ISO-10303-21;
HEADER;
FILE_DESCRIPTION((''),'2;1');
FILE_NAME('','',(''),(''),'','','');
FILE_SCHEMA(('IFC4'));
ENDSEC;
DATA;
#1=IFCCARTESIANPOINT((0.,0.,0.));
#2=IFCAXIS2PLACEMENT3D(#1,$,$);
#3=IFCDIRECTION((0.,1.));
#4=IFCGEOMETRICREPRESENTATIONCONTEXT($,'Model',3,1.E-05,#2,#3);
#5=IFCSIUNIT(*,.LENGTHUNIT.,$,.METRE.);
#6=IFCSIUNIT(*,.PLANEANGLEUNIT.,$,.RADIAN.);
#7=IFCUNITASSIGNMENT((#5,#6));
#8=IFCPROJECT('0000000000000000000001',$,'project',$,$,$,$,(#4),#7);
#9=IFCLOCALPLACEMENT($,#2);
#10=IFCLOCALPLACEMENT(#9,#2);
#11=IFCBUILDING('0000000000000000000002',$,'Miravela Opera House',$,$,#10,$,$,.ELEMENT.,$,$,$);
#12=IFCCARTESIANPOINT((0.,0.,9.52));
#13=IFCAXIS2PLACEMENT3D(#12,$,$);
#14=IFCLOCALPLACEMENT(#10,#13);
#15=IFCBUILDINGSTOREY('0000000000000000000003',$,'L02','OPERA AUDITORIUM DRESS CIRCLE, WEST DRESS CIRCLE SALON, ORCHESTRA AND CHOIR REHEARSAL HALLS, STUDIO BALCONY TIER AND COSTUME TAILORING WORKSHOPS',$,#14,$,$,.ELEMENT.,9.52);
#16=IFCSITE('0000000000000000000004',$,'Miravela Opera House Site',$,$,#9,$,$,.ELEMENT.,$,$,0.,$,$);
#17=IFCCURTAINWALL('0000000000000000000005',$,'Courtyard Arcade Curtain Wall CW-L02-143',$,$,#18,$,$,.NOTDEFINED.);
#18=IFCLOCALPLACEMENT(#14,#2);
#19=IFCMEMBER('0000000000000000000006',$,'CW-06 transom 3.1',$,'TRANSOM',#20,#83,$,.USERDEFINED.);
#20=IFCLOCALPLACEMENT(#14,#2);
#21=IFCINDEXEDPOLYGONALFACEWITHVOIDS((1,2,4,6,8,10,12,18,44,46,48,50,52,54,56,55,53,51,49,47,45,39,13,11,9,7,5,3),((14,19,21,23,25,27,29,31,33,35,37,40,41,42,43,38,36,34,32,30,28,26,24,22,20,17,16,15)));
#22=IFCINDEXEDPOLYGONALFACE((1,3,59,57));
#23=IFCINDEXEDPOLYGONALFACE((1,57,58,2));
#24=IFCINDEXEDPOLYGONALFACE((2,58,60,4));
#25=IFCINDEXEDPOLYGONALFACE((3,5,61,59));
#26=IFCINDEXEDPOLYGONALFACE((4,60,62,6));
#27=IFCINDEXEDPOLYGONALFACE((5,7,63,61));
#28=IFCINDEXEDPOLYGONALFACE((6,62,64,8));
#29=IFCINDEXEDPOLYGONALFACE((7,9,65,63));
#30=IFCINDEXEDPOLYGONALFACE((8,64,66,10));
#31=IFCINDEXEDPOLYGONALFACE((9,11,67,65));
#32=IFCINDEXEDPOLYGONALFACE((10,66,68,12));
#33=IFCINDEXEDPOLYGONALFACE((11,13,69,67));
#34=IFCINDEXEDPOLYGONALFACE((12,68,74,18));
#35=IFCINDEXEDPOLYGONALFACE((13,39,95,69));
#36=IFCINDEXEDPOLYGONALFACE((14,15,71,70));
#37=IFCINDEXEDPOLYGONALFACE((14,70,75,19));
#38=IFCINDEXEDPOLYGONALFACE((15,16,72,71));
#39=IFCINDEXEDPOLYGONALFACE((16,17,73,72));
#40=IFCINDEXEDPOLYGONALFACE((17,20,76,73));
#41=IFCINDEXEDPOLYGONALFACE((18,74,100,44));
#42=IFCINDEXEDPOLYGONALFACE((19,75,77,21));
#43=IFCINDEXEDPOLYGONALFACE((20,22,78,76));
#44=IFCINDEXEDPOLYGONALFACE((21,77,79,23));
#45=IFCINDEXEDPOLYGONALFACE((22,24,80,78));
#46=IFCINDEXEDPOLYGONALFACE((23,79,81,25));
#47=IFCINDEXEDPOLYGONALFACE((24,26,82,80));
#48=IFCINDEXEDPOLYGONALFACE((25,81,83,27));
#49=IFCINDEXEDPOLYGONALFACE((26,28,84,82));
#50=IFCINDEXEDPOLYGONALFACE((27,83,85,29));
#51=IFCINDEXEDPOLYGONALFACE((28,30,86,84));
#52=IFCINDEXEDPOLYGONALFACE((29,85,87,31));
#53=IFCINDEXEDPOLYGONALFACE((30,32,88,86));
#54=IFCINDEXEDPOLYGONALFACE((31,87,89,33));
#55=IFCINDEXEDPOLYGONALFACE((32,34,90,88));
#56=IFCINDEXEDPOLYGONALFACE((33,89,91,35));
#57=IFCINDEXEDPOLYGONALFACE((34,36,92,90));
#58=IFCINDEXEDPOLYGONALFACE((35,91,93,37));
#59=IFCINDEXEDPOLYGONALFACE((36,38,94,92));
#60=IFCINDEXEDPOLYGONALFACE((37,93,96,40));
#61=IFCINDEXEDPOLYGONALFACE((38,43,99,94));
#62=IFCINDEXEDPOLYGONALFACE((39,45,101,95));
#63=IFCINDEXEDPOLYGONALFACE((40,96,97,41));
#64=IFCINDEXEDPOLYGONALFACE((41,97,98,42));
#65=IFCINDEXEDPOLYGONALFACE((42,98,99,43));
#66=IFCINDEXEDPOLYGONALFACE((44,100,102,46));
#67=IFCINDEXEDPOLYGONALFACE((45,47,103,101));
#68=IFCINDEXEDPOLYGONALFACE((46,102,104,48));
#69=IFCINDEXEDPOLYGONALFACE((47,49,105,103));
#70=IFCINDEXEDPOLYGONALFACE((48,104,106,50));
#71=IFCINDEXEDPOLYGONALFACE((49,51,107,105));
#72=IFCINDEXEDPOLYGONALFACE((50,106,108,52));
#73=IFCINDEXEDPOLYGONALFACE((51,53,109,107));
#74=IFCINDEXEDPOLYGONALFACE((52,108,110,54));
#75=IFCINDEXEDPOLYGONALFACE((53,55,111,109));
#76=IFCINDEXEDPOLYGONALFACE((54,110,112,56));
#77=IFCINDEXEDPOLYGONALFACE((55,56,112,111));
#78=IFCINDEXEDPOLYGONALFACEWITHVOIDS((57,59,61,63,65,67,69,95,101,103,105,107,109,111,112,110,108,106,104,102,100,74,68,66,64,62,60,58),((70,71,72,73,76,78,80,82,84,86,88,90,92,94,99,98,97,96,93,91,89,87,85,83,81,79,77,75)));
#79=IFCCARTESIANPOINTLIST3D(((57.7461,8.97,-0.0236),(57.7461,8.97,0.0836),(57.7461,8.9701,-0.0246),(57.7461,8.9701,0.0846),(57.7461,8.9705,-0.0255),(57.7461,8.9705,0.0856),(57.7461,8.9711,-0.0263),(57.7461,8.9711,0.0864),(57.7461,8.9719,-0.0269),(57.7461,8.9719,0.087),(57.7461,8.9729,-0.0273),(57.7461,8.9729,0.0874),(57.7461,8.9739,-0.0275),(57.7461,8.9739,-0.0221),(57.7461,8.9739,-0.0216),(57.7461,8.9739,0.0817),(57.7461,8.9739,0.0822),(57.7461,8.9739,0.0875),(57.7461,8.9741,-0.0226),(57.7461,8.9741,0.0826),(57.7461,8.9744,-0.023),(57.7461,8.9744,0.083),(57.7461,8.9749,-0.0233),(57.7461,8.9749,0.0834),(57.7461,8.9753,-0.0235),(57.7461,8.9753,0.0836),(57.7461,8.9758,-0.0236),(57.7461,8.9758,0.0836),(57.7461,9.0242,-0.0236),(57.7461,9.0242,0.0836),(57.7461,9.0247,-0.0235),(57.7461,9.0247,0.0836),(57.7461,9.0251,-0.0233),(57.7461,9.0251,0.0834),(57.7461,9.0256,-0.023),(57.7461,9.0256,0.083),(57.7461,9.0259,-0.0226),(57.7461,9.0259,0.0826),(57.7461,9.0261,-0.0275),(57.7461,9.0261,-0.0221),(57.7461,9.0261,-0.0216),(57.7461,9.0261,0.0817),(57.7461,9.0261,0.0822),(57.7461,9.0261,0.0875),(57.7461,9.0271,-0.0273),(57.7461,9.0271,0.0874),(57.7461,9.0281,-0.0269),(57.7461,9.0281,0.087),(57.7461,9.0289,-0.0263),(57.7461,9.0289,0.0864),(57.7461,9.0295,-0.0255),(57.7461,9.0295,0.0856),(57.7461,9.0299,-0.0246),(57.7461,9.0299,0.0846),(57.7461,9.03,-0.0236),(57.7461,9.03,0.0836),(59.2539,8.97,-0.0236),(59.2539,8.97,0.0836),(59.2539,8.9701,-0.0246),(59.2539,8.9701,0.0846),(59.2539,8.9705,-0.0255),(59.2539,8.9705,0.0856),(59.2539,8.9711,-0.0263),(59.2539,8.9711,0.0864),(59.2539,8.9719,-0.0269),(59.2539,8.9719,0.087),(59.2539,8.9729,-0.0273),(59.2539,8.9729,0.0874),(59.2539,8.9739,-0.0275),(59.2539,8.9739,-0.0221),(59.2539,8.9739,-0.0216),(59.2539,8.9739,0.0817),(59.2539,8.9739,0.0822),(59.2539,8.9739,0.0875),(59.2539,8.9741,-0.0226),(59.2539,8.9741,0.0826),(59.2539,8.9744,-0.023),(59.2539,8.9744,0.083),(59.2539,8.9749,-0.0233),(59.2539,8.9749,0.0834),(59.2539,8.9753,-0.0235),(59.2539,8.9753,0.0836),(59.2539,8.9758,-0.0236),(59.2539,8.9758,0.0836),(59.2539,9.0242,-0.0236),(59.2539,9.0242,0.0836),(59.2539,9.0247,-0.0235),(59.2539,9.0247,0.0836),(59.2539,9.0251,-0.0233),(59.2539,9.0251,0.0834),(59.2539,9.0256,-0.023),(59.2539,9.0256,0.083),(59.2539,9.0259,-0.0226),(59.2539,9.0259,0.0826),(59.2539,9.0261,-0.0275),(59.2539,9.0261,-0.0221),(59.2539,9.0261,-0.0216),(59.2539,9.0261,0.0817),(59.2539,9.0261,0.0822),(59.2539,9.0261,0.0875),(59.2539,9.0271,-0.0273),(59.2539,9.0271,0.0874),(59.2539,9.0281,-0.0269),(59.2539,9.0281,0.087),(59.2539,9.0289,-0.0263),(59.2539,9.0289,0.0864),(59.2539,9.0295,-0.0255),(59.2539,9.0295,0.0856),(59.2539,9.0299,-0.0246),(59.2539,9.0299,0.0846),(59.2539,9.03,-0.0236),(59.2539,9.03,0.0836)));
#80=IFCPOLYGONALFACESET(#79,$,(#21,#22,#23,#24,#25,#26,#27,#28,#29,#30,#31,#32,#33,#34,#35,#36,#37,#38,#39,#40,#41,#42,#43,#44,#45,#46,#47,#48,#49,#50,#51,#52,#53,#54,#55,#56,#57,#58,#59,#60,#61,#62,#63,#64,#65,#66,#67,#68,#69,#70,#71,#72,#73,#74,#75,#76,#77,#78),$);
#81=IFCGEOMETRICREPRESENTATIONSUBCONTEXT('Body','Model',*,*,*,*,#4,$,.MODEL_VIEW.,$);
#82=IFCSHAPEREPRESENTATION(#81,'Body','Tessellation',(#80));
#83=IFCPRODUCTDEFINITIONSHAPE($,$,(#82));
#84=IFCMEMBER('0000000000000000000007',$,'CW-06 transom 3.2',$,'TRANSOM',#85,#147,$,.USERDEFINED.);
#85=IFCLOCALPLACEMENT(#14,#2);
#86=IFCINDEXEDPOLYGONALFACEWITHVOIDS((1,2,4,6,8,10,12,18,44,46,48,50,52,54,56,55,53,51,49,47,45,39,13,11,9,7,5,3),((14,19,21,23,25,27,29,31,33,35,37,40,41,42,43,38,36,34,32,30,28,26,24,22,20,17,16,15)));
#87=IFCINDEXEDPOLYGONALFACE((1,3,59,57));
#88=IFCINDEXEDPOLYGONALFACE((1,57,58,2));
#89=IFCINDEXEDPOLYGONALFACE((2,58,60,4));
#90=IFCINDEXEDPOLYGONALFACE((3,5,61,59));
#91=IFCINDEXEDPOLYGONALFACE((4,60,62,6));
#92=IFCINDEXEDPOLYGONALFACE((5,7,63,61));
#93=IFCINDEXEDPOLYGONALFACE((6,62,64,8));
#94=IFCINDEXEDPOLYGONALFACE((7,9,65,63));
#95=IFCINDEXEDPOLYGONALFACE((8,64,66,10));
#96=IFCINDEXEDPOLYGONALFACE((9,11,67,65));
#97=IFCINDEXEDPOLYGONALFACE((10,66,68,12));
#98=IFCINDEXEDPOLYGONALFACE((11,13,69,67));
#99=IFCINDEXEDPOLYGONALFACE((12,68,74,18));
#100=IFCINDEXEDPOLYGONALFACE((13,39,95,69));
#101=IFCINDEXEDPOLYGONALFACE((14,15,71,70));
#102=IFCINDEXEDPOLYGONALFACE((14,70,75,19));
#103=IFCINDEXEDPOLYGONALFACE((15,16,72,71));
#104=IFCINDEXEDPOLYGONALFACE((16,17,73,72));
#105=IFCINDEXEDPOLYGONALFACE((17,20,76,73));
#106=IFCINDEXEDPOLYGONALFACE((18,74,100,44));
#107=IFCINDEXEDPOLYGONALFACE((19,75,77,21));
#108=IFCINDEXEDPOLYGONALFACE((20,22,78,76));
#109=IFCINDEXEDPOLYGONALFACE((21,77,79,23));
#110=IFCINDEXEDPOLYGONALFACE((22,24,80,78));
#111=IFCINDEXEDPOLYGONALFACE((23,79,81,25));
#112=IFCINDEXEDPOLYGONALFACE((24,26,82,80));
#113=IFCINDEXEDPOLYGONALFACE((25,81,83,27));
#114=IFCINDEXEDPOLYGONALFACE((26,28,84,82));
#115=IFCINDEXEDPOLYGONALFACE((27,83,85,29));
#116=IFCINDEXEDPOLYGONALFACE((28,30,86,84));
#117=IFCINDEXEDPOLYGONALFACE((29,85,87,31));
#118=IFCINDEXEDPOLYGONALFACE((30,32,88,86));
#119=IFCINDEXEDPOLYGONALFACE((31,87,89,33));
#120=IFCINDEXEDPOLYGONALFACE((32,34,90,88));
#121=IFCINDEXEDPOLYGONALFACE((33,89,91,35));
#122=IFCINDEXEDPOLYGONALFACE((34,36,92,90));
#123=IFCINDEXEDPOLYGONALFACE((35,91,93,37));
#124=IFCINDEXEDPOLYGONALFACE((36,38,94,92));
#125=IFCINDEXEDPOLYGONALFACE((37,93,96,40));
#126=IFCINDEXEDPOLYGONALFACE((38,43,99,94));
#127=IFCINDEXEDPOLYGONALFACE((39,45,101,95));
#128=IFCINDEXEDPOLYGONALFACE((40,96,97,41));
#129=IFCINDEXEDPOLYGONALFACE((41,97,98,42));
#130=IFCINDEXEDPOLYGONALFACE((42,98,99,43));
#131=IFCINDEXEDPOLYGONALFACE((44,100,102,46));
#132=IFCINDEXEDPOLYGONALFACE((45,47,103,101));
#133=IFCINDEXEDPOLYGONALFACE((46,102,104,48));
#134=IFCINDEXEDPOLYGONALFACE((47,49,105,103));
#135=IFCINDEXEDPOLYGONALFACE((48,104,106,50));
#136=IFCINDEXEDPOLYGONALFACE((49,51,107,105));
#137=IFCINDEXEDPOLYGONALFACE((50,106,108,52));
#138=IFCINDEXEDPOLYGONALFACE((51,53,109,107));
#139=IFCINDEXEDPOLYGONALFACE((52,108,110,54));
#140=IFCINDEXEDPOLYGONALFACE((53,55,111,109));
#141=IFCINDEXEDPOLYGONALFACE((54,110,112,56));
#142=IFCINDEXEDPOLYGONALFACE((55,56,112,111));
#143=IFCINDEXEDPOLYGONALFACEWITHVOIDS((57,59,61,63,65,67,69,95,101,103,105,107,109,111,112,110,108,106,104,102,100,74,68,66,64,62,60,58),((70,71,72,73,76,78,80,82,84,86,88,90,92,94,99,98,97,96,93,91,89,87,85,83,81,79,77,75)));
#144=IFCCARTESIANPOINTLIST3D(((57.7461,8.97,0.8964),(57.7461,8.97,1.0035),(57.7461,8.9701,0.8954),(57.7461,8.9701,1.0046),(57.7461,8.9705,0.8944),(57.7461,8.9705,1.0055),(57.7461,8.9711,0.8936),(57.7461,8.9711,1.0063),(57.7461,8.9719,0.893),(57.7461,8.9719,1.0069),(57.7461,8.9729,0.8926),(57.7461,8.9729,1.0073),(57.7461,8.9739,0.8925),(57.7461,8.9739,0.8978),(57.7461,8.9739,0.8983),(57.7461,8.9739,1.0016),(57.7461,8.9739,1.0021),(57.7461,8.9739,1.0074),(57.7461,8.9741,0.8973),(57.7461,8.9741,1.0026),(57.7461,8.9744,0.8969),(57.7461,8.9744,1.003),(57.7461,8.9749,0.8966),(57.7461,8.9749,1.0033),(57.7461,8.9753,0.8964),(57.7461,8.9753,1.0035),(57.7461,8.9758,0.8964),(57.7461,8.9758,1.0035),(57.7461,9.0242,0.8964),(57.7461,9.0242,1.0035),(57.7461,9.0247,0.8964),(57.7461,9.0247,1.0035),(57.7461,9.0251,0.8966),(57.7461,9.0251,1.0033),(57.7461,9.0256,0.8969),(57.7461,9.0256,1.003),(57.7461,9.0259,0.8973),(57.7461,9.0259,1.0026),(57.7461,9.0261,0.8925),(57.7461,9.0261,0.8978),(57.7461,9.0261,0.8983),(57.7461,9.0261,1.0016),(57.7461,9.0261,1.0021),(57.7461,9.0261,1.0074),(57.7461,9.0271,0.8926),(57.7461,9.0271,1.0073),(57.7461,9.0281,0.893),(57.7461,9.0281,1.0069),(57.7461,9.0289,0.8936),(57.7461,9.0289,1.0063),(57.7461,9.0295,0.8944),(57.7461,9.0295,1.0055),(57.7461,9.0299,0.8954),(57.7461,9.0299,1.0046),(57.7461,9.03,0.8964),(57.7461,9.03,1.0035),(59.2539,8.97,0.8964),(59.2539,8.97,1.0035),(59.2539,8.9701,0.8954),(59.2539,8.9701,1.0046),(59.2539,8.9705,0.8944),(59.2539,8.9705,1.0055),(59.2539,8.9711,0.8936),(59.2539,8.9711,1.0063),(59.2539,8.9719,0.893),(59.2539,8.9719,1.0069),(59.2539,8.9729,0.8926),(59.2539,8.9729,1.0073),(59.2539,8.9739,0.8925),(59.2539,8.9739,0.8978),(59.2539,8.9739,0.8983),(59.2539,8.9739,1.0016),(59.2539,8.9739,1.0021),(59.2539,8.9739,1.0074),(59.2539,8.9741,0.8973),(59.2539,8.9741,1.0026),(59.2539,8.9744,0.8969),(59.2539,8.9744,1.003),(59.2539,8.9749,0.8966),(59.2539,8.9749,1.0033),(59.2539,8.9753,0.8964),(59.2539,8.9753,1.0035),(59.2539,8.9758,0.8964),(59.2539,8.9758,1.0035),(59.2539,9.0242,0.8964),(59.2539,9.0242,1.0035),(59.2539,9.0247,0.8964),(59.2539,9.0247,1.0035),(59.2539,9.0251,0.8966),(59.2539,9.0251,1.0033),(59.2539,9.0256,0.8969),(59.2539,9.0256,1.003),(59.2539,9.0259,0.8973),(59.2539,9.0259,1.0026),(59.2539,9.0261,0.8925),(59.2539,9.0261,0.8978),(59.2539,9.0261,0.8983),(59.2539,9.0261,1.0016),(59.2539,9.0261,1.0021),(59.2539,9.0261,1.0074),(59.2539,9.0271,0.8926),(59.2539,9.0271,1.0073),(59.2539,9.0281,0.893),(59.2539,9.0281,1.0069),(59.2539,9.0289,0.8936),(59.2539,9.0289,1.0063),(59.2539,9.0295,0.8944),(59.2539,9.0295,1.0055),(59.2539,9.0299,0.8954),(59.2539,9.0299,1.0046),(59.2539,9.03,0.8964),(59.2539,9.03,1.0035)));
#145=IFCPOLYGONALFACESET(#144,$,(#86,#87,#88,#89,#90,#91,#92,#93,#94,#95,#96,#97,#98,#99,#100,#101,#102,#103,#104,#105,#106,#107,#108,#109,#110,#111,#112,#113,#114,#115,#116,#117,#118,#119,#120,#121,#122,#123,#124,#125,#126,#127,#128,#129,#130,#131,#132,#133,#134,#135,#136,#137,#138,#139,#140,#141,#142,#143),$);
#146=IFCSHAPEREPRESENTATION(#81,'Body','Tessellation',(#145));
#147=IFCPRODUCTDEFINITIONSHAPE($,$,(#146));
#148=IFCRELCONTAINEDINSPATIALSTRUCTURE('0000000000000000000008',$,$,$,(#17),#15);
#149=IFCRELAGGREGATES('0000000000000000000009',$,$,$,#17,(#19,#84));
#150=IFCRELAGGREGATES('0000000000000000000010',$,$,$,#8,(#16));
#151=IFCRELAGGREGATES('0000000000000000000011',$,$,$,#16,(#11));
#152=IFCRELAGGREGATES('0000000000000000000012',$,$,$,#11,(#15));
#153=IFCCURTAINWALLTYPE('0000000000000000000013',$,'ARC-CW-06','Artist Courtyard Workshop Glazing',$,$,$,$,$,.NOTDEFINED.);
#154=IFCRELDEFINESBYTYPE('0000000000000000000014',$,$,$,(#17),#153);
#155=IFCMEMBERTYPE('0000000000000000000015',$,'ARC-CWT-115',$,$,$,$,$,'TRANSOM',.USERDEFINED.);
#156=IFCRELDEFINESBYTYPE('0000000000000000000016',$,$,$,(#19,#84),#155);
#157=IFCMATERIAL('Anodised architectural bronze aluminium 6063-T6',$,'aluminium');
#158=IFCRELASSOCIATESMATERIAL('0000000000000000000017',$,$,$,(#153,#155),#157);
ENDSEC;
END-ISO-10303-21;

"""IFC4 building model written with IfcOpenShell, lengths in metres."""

from ifc_helpers import new_model, si_unit, direction, frame, origin, origin_2d, place, context, subcontext, project, spatial, hollow_rectangle, extrude, material, material_profile, profile_set, type_object, element, aggregate, save


model = new_model("IFC4")

# Units and contexts
model_context = context("Model", 3, precision=1e-05, world=origin(), true_north=direction((0.0, 1.0)))
body_context = subcontext(model_context, "Body", "Model", "MODEL_VIEW")
ifc_project = project(units=[si_unit("LENGTHUNIT", "METRE"), si_unit("PLANEANGLEUNIT", "RADIAN")], contexts=[model_context])

# Site, building, storey
site_placement = place(None, origin())
site = spatial("IfcSite", under=ifc_project, at=site_placement, Name="Miravela Opera House Site", CompositionType="ELEMENT", RefElevation=0.0)
building_placement = place(site_placement, origin())
building = spatial("IfcBuilding", under=site, at=building_placement, Name="Miravela Opera House", CompositionType="ELEMENT")
storey_placement = place(building_placement, frame((0.0, 0.0, 9.52)))
storey = spatial("IfcBuildingStorey", under=building, at=storey_placement, Name="L02", Description="OPERA AUDITORIUM DRESS CIRCLE, WEST DRESS CIRCLE SALON, ORCHESTRA AND CHOIR REHEARSAL HALLS, STUDIO BALCONY TIER AND COSTUME TAILORING WORKSHOPS", CompositionType="ELEMENT", Elevation=9.52)

# Curtain wall, members
ifc_material_1 = material(Name="Anodised architectural bronze aluminium 6063-T6", Category="aluminium")
curtain_wall_type = type_object("IfcCurtainWallType", Name="ARC-CW-06", Description="Artist Courtyard Workshop Glazing", PredefinedType="NOTDEFINED", material=ifc_material_1)
curtain_wall_placement = place(storey_placement, origin())
curtain_wall = element("IfcCurtainWall", 1, at=curtain_wall_placement, inside=storey, type_object=curtain_wall_type, Name="Courtyard Arcade Curtain Wall CW-L02-143", PredefinedType="NOTDEFINED")
ifc_material_profile_1 = material_profile(ifc_material_1, hollow_rectangle(XDim=0.0601, YDim=0.115, WallThickness=0.0039, InnerFilletRadius=0.002, OuterFilletRadius=0.0039, at=origin_2d()), Name="CWT-60X115")
ifc_profile_set_1 = profile_set([ifc_material_profile_1])
member_type_1 = type_object("IfcMemberType", Name="ARC-CWT-115", ElementType="TRANSOM", PredefinedType="USERDEFINED", material=ifc_profile_set_1)
member_1_placement = place(storey_placement, frame((57.7461, 9.0, 0.03), z_axis=(1.0, 0.0, 0.0), x_axis=(0.0, 1.0, 0.0)))
member_1 = element("IfcMember", 2, at=member_1_placement, type_object=member_type_1, Name="CW-06 transom 3.1", ObjectType="TRANSOM", PredefinedType="USERDEFINED", context=body_context, shape_type="SweptSolid", body=[
    extrude(hollow_rectangle(XDim=0.0601, YDim=0.115, WallThickness=0.0039, InnerFilletRadius=0.002, OuterFilletRadius=0.0039, at=origin_2d()), origin(), (0.0, 0.0, 1.0), 1.5078),
])
member_2_placement = place(storey_placement, frame((57.7461, 9.0, 0.95), z_axis=(1.0, 0.0, 0.0), x_axis=(0.0, 1.0, 0.0)))
member_2 = element("IfcMember", 3, at=member_2_placement, type_object=member_type_1, Name="CW-06 transom 3.2", ObjectType="TRANSOM", PredefinedType="USERDEFINED", context=body_context, shape_type="SweptSolid", body=[
    extrude(hollow_rectangle(XDim=0.0601, YDim=0.115, WallThickness=0.0039, InnerFilletRadius=0.002, OuterFilletRadius=0.0039, at=origin_2d()), origin(), (0.0, 0.0, 1.0), 1.5078),
])

aggregate(curtain_wall, [member_1, member_2])

save(model, "model.ifc")
